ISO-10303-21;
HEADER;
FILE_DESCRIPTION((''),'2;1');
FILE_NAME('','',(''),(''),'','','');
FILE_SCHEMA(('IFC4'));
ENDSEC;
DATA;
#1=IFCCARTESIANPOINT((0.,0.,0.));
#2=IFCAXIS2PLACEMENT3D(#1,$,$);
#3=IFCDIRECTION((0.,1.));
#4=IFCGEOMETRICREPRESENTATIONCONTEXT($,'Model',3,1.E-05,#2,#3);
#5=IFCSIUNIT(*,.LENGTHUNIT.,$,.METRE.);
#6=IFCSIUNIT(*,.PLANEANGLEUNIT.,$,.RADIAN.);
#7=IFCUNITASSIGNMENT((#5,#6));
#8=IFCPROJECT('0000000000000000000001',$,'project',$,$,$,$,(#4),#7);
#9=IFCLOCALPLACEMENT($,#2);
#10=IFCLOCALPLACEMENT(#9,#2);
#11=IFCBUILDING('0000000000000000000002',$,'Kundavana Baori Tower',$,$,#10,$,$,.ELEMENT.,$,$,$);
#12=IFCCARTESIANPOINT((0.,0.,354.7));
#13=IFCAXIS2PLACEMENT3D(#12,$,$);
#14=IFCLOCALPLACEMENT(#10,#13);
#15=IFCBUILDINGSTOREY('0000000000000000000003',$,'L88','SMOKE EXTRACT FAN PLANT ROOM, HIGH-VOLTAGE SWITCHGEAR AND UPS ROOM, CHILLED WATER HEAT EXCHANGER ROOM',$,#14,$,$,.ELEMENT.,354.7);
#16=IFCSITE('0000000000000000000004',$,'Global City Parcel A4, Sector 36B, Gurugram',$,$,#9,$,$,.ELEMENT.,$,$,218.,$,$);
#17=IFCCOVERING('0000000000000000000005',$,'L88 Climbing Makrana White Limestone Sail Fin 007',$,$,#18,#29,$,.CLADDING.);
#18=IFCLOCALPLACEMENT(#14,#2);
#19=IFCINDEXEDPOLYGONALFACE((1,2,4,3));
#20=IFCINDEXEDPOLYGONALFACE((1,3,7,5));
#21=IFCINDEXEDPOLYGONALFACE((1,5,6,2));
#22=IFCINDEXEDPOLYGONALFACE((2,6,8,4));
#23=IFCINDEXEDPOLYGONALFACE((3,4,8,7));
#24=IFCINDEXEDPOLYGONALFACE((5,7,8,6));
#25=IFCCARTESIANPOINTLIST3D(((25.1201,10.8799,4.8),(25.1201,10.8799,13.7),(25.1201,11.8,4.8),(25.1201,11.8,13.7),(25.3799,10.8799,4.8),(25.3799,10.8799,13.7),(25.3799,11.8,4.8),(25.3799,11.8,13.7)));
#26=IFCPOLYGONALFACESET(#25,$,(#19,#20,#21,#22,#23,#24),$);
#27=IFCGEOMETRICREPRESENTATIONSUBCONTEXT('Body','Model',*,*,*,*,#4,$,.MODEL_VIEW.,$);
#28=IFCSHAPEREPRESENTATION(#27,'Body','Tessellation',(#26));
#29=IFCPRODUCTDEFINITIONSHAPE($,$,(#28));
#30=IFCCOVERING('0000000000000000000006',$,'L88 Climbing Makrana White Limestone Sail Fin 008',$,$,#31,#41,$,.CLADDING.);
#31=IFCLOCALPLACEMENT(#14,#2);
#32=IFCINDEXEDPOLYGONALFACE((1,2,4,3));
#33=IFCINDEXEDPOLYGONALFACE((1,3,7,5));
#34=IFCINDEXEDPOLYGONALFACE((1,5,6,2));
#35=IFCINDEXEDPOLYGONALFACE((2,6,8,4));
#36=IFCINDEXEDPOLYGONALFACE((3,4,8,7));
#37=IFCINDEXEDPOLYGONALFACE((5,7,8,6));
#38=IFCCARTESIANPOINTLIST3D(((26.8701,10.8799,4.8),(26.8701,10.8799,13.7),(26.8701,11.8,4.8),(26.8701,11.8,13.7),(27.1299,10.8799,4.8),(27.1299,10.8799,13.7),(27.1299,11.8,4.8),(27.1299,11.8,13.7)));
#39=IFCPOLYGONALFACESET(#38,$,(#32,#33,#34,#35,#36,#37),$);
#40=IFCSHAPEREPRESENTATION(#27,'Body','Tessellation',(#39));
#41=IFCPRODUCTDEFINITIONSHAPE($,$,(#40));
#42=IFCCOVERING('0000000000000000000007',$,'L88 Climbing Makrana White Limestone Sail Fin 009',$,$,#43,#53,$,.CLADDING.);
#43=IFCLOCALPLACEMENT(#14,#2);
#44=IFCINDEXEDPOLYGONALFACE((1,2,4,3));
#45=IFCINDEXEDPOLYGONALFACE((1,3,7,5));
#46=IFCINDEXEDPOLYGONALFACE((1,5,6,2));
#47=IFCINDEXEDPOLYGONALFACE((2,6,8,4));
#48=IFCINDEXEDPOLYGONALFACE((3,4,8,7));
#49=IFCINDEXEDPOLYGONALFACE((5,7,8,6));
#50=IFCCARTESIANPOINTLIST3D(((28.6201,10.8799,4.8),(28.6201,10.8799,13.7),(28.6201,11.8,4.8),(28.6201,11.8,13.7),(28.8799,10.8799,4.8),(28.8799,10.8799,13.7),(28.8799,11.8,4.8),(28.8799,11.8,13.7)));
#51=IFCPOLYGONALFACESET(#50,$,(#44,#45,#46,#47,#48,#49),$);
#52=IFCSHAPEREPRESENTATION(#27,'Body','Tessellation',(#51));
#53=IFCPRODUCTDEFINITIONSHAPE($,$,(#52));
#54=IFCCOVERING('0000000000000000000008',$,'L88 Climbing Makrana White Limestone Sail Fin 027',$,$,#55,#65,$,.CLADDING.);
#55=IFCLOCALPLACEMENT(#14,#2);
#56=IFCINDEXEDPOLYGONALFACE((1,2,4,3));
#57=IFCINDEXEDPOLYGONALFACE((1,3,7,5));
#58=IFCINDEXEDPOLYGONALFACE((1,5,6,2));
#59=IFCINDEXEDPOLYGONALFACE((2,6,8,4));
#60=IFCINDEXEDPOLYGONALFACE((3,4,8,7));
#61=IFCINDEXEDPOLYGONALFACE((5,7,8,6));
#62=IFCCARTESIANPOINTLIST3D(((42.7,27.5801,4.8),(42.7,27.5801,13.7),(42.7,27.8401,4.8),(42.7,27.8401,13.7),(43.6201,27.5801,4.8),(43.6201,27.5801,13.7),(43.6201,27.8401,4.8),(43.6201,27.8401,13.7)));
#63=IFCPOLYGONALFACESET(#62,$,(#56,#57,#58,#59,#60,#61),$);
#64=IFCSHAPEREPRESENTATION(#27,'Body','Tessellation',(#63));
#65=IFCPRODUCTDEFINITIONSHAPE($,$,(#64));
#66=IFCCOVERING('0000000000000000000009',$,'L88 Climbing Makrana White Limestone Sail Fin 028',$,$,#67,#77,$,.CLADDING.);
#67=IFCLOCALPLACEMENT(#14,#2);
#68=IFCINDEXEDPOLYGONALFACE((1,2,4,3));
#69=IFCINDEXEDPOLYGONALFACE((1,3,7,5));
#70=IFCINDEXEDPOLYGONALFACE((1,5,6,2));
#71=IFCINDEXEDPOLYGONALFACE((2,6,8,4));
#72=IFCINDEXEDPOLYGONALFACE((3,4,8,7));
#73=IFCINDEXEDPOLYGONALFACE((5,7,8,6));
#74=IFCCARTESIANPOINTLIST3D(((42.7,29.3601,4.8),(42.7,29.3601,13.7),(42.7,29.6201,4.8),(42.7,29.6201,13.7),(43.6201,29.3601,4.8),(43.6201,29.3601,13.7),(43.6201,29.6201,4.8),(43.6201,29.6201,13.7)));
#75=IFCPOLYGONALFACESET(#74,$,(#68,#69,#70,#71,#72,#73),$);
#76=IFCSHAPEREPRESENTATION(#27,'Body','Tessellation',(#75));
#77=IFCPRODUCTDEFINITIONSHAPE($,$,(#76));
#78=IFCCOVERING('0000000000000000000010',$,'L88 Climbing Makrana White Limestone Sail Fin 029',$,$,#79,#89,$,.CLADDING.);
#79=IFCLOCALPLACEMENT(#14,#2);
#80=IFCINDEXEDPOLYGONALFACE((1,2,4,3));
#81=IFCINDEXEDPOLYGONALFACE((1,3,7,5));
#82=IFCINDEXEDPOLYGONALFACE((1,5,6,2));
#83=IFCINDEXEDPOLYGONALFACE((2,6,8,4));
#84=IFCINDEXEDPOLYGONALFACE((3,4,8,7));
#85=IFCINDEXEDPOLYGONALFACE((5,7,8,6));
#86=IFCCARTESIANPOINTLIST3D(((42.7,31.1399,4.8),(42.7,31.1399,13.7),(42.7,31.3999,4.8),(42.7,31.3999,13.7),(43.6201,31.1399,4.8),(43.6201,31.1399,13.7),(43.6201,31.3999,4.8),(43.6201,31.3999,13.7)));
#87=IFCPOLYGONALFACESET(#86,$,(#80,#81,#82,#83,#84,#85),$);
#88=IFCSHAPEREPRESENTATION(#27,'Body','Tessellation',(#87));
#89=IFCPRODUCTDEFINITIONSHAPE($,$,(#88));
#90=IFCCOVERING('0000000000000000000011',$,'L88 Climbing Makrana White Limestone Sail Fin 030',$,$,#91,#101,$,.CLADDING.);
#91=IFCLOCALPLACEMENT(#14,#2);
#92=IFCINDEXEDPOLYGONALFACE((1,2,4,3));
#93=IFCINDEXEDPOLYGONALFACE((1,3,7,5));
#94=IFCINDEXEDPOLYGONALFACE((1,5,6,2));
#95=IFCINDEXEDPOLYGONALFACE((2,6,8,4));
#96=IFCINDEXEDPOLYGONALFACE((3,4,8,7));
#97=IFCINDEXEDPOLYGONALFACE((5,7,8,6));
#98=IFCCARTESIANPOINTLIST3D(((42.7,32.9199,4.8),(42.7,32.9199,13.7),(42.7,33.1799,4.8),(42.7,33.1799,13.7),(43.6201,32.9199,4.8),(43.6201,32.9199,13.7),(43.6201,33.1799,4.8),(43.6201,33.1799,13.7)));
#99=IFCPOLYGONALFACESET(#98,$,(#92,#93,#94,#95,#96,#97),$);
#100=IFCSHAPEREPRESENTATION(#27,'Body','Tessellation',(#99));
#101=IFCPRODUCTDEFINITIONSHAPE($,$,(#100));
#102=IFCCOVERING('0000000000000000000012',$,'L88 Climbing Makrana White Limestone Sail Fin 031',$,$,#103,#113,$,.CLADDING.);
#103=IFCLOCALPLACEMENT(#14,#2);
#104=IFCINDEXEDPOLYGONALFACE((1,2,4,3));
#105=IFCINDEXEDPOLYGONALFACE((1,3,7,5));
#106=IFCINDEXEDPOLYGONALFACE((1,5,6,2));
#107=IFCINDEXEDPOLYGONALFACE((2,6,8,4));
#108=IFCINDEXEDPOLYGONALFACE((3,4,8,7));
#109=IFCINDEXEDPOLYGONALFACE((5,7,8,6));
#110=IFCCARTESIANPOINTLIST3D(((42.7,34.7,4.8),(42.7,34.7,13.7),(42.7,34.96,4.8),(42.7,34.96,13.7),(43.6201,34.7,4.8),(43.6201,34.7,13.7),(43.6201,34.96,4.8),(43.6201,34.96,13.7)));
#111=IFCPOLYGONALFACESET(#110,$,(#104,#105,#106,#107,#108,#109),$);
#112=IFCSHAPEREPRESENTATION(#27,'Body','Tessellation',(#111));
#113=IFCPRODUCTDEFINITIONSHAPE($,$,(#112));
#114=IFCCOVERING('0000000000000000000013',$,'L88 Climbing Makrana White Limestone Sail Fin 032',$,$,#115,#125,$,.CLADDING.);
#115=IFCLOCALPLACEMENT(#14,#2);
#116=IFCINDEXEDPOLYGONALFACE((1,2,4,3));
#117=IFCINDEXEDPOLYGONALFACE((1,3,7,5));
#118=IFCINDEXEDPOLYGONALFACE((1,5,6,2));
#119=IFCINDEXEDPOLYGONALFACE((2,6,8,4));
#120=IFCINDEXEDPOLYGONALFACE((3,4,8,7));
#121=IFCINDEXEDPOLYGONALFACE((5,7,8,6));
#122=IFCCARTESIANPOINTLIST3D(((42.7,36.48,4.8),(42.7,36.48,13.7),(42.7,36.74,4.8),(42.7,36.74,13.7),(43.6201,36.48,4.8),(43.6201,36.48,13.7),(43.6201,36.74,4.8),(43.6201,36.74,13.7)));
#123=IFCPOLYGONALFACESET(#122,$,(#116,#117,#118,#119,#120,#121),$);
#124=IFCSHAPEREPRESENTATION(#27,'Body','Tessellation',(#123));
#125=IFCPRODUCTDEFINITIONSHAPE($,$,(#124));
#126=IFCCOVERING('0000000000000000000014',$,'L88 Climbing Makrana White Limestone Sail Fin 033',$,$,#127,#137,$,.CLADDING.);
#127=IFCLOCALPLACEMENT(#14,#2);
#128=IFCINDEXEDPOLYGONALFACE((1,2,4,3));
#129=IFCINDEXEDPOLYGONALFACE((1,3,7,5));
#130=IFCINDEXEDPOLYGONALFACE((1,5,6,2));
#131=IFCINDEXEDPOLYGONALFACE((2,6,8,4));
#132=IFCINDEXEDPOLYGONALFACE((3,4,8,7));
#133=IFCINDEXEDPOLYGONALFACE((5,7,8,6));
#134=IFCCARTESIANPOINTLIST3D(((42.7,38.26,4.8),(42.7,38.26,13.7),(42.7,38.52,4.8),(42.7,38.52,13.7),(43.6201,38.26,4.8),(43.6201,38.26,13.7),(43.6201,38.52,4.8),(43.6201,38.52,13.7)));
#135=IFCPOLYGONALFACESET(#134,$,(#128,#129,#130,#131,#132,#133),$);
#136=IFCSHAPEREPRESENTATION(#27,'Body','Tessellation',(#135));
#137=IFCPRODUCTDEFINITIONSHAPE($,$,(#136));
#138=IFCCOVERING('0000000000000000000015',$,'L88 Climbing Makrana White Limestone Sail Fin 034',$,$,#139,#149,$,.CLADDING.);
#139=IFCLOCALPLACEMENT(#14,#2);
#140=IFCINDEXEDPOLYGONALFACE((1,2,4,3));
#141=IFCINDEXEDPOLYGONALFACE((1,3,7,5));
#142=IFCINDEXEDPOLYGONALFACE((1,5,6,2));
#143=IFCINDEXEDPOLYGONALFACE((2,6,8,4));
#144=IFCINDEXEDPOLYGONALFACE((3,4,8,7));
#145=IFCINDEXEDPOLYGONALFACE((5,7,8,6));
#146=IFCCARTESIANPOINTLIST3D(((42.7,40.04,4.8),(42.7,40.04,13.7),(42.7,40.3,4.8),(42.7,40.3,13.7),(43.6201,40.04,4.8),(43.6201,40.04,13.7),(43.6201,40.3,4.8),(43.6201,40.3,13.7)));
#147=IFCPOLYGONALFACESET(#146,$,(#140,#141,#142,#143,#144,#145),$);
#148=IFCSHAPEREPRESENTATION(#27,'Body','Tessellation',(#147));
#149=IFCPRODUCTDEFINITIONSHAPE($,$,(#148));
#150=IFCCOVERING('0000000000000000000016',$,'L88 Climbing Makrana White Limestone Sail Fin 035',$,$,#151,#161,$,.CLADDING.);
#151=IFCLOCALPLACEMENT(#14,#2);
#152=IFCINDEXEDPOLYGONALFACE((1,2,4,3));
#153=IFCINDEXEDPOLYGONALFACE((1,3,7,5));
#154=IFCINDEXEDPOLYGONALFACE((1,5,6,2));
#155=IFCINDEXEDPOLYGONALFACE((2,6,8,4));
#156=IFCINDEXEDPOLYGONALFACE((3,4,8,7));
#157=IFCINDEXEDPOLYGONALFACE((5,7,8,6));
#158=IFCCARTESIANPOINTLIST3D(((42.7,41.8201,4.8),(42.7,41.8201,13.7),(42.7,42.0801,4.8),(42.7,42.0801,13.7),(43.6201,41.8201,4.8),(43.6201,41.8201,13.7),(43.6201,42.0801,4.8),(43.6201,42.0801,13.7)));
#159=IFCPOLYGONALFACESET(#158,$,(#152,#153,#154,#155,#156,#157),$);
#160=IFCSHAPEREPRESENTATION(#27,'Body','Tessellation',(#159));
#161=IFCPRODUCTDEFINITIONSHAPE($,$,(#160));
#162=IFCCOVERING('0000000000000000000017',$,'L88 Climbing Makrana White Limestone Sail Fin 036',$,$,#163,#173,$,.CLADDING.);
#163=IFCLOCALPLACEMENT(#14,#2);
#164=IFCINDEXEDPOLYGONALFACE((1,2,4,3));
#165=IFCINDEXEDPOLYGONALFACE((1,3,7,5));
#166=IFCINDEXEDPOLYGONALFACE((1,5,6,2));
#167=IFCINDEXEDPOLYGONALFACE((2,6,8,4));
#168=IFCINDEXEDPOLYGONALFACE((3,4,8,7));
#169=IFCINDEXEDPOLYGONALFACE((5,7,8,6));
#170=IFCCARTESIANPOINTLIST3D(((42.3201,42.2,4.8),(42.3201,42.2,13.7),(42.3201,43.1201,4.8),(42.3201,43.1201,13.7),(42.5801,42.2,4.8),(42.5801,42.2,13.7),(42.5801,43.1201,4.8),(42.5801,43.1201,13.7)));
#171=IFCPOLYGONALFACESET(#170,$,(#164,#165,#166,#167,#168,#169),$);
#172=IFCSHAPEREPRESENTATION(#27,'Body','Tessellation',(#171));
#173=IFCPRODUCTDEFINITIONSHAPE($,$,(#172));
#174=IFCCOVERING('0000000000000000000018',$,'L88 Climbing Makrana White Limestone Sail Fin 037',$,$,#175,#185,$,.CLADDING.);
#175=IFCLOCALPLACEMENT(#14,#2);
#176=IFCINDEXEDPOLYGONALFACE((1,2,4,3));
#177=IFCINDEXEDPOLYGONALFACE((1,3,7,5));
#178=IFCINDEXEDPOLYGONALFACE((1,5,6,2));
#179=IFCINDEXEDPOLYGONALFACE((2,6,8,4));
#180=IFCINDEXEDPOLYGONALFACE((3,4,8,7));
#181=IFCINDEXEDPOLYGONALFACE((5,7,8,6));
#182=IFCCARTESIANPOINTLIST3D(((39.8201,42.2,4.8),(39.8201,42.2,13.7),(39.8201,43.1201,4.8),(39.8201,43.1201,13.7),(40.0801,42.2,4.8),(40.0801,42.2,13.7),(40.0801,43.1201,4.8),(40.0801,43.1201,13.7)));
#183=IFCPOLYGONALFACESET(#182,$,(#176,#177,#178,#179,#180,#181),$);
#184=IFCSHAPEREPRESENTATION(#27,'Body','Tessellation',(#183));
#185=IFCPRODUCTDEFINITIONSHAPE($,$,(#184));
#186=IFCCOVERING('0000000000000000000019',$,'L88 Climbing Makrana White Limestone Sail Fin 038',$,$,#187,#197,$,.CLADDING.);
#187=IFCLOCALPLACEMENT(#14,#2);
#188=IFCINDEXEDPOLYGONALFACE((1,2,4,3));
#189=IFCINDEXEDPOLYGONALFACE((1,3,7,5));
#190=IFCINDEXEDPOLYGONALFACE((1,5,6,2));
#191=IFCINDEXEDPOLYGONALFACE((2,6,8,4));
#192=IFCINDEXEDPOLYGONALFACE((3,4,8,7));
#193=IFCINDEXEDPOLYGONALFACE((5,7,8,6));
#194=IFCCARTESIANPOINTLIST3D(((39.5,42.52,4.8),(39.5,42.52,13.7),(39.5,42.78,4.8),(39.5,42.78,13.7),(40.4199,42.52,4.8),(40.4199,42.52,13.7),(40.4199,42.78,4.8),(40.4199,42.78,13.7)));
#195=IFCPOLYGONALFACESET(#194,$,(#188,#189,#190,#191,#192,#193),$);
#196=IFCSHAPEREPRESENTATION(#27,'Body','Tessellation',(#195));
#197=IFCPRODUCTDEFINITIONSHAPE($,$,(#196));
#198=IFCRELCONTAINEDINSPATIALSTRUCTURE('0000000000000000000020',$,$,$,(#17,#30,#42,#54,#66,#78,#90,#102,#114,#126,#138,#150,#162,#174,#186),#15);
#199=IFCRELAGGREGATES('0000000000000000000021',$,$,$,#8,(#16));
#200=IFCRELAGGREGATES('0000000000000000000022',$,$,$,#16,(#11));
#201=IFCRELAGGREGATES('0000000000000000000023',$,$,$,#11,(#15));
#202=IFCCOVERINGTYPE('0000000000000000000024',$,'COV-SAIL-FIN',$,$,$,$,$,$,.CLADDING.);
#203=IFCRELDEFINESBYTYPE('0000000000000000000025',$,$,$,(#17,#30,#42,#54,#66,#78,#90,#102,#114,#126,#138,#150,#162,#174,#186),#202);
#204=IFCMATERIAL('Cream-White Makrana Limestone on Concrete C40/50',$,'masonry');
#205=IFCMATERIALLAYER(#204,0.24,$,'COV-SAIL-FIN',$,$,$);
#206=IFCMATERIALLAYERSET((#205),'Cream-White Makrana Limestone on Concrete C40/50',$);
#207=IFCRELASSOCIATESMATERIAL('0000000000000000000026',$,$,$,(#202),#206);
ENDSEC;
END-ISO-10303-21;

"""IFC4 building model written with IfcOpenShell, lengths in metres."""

from ifc_helpers import new_model, si_unit, direction, frame, origin, place, context, subcontext, project, spatial, polyline, outline, extrude, material, layer, layer_set, type_object, element, save


model = new_model("IFC4")

# Units and contexts
model_context = context("Model", 3, precision=1e-05, world=origin(), true_north=direction((0.0, 1.0)))
body_context = subcontext(model_context, "Body", "Model", "MODEL_VIEW")
ifc_project = project(units=[si_unit("LENGTHUNIT", "METRE"), si_unit("PLANEANGLEUNIT", "RADIAN")], contexts=[model_context])

# Site, building, storey
site_placement = place(None, origin())
site = spatial("IfcSite", under=ifc_project, at=site_placement, Name="Global City Parcel A4, Sector 36B, Gurugram", CompositionType="ELEMENT", RefElevation=218.0)
building_placement = place(site_placement, origin())
building = spatial("IfcBuilding", under=site, at=building_placement, Name="Kundavana Baori Tower", CompositionType="ELEMENT")
storey_placement = place(building_placement, frame((0.0, 0.0, 354.7)))
storey = spatial("IfcBuildingStorey", under=building, at=storey_placement, Name="L88", Description="SMOKE EXTRACT FAN PLANT ROOM, HIGH-VOLTAGE SWITCHGEAR AND UPS ROOM, CHILLED WATER HEAT EXCHANGER ROOM", CompositionType="ELEMENT", Elevation=354.7)

# Coverings
ifc_material_1 = material(Name="Cream-White Makrana Limestone on Concrete C40/50", Category="masonry")
ifc_layer_1 = layer(ifc_material_1, 0.24, Name="COV-SAIL-FIN")
ifc_layer_set_1 = layer_set([ifc_layer_1], Name="Cream-White Makrana Limestone on Concrete C40/50")
covering_type = type_object("IfcCoveringType", Name="COV-SAIL-FIN", PredefinedType="CLADDING", material=ifc_layer_set_1)
covering_1_placement = place(storey_placement, frame((0.0, 0.0, 4.8)))
element("IfcCovering", 1, at=covering_1_placement, inside=storey, type_object=covering_type, Name="L88 Climbing Makrana White Limestone Sail Fin 007", PredefinedType="CLADDING", context=body_context, shape_type="SweptSolid", body=[
    extrude(outline(polyline([(25.1201, 10.8799), (25.3799, 10.8799), (25.3799, 11.8), (25.1201, 11.8), (25.1201, 10.8799)])), origin(), (0.0, 0.0, 1.0), 8.8999),
])
covering_2_placement = place(storey_placement, frame((0.0, 0.0, 4.8)))
element("IfcCovering", 2, at=covering_2_placement, inside=storey, type_object=covering_type, Name="L88 Climbing Makrana White Limestone Sail Fin 008", PredefinedType="CLADDING", context=body_context, shape_type="SweptSolid", body=[
    extrude(outline(polyline([(26.8701, 10.8799), (27.1299, 10.8799), (27.1299, 11.8), (26.8701, 11.8), (26.8701, 10.8799)])), origin(), (0.0, 0.0, 1.0), 8.8999),
])
covering_3_placement = place(storey_placement, frame((0.0, 0.0, 4.8)))
element("IfcCovering", 3, at=covering_3_placement, inside=storey, type_object=covering_type, Name="L88 Climbing Makrana White Limestone Sail Fin 009", PredefinedType="CLADDING", context=body_context, shape_type="SweptSolid", body=[
    extrude(outline(polyline([(28.6201, 10.8799), (28.8799, 10.8799), (28.8799, 11.8), (28.6201, 11.8), (28.6201, 10.8799)])), origin(), (0.0, 0.0, 1.0), 8.8999),
])
covering_4_placement = place(storey_placement, frame((0.0, 0.0, 4.8)))
element("IfcCovering", 4, at=covering_4_placement, inside=storey, type_object=covering_type, Name="L88 Climbing Makrana White Limestone Sail Fin 027", PredefinedType="CLADDING", context=body_context, shape_type="SweptSolid", body=[
    extrude(outline(polyline([(42.7, 27.5801), (43.6201, 27.5801), (43.6201, 27.8401), (42.7, 27.8401), (42.7, 27.5801)])), origin(), (0.0, 0.0, 1.0), 8.8999),
])
covering_5_placement = place(storey_placement, frame((0.0, 0.0, 4.8)))
element("IfcCovering", 5, at=covering_5_placement, inside=storey, type_object=covering_type, Name="L88 Climbing Makrana White Limestone Sail Fin 028", PredefinedType="CLADDING", context=body_context, shape_type="SweptSolid", body=[
    extrude(outline(polyline([(42.7, 29.3601), (43.6201, 29.3601), (43.6201, 29.6201), (42.7, 29.6201), (42.7, 29.3601)])), origin(), (0.0, 0.0, 1.0), 8.8999),
])
covering_6_placement = place(storey_placement, frame((0.0, 0.0, 4.8)))
element("IfcCovering", 6, at=covering_6_placement, inside=storey, type_object=covering_type, Name="L88 Climbing Makrana White Limestone Sail Fin 029", PredefinedType="CLADDING", context=body_context, shape_type="SweptSolid", body=[
    extrude(outline(polyline([(42.7, 31.1399), (43.6201, 31.1399), (43.6201, 31.3999), (42.7, 31.3999), (42.7, 31.1399)])), origin(), (0.0, 0.0, 1.0), 8.8999),
])
covering_7_placement = place(storey_placement, frame((0.0, 0.0, 4.8)))
element("IfcCovering", 7, at=covering_7_placement, inside=storey, type_object=covering_type, Name="L88 Climbing Makrana White Limestone Sail Fin 030", PredefinedType="CLADDING", context=body_context, shape_type="SweptSolid", body=[
    extrude(outline(polyline([(42.7, 32.9199), (43.6201, 32.9199), (43.6201, 33.1799), (42.7, 33.1799), (42.7, 32.9199)])), origin(), (0.0, 0.0, 1.0), 8.8999),
])
covering_8_placement = place(storey_placement, frame((0.0, 0.0, 4.8)))
element("IfcCovering", 8, at=covering_8_placement, inside=storey, type_object=covering_type, Name="L88 Climbing Makrana White Limestone Sail Fin 031", PredefinedType="CLADDING", context=body_context, shape_type="SweptSolid", body=[
    extrude(outline(polyline([(42.7, 34.7), (43.6201, 34.7), (43.6201, 34.96), (42.7, 34.96), (42.7, 34.7)])), origin(), (0.0, 0.0, 1.0), 8.8999),
])
covering_9_placement = place(storey_placement, frame((0.0, 0.0, 4.8)))
element("IfcCovering", 9, at=covering_9_placement, inside=storey, type_object=covering_type, Name="L88 Climbing Makrana White Limestone Sail Fin 032", PredefinedType="CLADDING", context=body_context, shape_type="SweptSolid", body=[
    extrude(outline(polyline([(42.7, 36.48), (43.6201, 36.48), (43.6201, 36.74), (42.7, 36.74), (42.7, 36.48)])), origin(), (0.0, 0.0, 1.0), 8.8999),
])
covering_10_placement = place(storey_placement, frame((0.0, 0.0, 4.8)))
element("IfcCovering", 10, at=covering_10_placement, inside=storey, type_object=covering_type, Name="L88 Climbing Makrana White Limestone Sail Fin 033", PredefinedType="CLADDING", context=body_context, shape_type="SweptSolid", body=[
    extrude(outline(polyline([(42.7, 38.26), (43.6201, 38.26), (43.6201, 38.52), (42.7, 38.52), (42.7, 38.26)])), origin(), (0.0, 0.0, 1.0), 8.8999),
])
covering_11_placement = place(storey_placement, frame((0.0, 0.0, 4.8)))
element("IfcCovering", 11, at=covering_11_placement, inside=storey, type_object=covering_type, Name="L88 Climbing Makrana White Limestone Sail Fin 034", PredefinedType="CLADDING", context=body_context, shape_type="SweptSolid", body=[
    extrude(outline(polyline([(42.7, 40.04), (43.6201, 40.04), (43.6201, 40.3), (42.7, 40.3), (42.7, 40.04)])), origin(), (0.0, 0.0, 1.0), 8.8999),
])
covering_12_placement = place(storey_placement, frame((0.0, 0.0, 4.8)))
element("IfcCovering", 12, at=covering_12_placement, inside=storey, type_object=covering_type, Name="L88 Climbing Makrana White Limestone Sail Fin 035", PredefinedType="CLADDING", context=body_context, shape_type="SweptSolid", body=[
    extrude(outline(polyline([(42.7, 41.8201), (43.6201, 41.8201), (43.6201, 42.0801), (42.7, 42.0801), (42.7, 41.8201)])), origin(), (0.0, 0.0, 1.0), 8.8999),
])
covering_13_placement = place(storey_placement, frame((0.0, 0.0, 4.8)))
element("IfcCovering", 13, at=covering_13_placement, inside=storey, type_object=covering_type, Name="L88 Climbing Makrana White Limestone Sail Fin 036", PredefinedType="CLADDING", context=body_context, shape_type="SweptSolid", body=[
    extrude(outline(polyline([(42.3201, 42.2), (42.5801, 42.2), (42.5801, 43.1201), (42.3201, 43.1201), (42.3201, 42.2)])), origin(), (0.0, 0.0, 1.0), 8.8999),
])
covering_14_placement = place(storey_placement, frame((0.0, 0.0, 4.8)))
element("IfcCovering", 14, at=covering_14_placement, inside=storey, type_object=covering_type, Name="L88 Climbing Makrana White Limestone Sail Fin 037", PredefinedType="CLADDING", context=body_context, shape_type="SweptSolid", body=[
    extrude(outline(polyline([(39.8201, 42.2), (40.0801, 42.2), (40.0801, 43.1201), (39.8201, 43.1201), (39.8201, 42.2)])), origin(), (0.0, 0.0, 1.0), 8.8999),
])
covering_15_placement = place(storey_placement, frame((0.0, 0.0, 4.8)))
element("IfcCovering", 15, at=covering_15_placement, inside=storey, type_object=covering_type, Name="L88 Climbing Makrana White Limestone Sail Fin 038", PredefinedType="CLADDING", context=body_context, shape_type="SweptSolid", body=[
    extrude(outline(polyline([(39.5, 42.52), (40.4199, 42.52), (40.4199, 42.78), (39.5, 42.78), (39.5, 42.52)])), origin(), (0.0, 0.0, 1.0), 8.8999),
])

save(model, "model.ifc")
